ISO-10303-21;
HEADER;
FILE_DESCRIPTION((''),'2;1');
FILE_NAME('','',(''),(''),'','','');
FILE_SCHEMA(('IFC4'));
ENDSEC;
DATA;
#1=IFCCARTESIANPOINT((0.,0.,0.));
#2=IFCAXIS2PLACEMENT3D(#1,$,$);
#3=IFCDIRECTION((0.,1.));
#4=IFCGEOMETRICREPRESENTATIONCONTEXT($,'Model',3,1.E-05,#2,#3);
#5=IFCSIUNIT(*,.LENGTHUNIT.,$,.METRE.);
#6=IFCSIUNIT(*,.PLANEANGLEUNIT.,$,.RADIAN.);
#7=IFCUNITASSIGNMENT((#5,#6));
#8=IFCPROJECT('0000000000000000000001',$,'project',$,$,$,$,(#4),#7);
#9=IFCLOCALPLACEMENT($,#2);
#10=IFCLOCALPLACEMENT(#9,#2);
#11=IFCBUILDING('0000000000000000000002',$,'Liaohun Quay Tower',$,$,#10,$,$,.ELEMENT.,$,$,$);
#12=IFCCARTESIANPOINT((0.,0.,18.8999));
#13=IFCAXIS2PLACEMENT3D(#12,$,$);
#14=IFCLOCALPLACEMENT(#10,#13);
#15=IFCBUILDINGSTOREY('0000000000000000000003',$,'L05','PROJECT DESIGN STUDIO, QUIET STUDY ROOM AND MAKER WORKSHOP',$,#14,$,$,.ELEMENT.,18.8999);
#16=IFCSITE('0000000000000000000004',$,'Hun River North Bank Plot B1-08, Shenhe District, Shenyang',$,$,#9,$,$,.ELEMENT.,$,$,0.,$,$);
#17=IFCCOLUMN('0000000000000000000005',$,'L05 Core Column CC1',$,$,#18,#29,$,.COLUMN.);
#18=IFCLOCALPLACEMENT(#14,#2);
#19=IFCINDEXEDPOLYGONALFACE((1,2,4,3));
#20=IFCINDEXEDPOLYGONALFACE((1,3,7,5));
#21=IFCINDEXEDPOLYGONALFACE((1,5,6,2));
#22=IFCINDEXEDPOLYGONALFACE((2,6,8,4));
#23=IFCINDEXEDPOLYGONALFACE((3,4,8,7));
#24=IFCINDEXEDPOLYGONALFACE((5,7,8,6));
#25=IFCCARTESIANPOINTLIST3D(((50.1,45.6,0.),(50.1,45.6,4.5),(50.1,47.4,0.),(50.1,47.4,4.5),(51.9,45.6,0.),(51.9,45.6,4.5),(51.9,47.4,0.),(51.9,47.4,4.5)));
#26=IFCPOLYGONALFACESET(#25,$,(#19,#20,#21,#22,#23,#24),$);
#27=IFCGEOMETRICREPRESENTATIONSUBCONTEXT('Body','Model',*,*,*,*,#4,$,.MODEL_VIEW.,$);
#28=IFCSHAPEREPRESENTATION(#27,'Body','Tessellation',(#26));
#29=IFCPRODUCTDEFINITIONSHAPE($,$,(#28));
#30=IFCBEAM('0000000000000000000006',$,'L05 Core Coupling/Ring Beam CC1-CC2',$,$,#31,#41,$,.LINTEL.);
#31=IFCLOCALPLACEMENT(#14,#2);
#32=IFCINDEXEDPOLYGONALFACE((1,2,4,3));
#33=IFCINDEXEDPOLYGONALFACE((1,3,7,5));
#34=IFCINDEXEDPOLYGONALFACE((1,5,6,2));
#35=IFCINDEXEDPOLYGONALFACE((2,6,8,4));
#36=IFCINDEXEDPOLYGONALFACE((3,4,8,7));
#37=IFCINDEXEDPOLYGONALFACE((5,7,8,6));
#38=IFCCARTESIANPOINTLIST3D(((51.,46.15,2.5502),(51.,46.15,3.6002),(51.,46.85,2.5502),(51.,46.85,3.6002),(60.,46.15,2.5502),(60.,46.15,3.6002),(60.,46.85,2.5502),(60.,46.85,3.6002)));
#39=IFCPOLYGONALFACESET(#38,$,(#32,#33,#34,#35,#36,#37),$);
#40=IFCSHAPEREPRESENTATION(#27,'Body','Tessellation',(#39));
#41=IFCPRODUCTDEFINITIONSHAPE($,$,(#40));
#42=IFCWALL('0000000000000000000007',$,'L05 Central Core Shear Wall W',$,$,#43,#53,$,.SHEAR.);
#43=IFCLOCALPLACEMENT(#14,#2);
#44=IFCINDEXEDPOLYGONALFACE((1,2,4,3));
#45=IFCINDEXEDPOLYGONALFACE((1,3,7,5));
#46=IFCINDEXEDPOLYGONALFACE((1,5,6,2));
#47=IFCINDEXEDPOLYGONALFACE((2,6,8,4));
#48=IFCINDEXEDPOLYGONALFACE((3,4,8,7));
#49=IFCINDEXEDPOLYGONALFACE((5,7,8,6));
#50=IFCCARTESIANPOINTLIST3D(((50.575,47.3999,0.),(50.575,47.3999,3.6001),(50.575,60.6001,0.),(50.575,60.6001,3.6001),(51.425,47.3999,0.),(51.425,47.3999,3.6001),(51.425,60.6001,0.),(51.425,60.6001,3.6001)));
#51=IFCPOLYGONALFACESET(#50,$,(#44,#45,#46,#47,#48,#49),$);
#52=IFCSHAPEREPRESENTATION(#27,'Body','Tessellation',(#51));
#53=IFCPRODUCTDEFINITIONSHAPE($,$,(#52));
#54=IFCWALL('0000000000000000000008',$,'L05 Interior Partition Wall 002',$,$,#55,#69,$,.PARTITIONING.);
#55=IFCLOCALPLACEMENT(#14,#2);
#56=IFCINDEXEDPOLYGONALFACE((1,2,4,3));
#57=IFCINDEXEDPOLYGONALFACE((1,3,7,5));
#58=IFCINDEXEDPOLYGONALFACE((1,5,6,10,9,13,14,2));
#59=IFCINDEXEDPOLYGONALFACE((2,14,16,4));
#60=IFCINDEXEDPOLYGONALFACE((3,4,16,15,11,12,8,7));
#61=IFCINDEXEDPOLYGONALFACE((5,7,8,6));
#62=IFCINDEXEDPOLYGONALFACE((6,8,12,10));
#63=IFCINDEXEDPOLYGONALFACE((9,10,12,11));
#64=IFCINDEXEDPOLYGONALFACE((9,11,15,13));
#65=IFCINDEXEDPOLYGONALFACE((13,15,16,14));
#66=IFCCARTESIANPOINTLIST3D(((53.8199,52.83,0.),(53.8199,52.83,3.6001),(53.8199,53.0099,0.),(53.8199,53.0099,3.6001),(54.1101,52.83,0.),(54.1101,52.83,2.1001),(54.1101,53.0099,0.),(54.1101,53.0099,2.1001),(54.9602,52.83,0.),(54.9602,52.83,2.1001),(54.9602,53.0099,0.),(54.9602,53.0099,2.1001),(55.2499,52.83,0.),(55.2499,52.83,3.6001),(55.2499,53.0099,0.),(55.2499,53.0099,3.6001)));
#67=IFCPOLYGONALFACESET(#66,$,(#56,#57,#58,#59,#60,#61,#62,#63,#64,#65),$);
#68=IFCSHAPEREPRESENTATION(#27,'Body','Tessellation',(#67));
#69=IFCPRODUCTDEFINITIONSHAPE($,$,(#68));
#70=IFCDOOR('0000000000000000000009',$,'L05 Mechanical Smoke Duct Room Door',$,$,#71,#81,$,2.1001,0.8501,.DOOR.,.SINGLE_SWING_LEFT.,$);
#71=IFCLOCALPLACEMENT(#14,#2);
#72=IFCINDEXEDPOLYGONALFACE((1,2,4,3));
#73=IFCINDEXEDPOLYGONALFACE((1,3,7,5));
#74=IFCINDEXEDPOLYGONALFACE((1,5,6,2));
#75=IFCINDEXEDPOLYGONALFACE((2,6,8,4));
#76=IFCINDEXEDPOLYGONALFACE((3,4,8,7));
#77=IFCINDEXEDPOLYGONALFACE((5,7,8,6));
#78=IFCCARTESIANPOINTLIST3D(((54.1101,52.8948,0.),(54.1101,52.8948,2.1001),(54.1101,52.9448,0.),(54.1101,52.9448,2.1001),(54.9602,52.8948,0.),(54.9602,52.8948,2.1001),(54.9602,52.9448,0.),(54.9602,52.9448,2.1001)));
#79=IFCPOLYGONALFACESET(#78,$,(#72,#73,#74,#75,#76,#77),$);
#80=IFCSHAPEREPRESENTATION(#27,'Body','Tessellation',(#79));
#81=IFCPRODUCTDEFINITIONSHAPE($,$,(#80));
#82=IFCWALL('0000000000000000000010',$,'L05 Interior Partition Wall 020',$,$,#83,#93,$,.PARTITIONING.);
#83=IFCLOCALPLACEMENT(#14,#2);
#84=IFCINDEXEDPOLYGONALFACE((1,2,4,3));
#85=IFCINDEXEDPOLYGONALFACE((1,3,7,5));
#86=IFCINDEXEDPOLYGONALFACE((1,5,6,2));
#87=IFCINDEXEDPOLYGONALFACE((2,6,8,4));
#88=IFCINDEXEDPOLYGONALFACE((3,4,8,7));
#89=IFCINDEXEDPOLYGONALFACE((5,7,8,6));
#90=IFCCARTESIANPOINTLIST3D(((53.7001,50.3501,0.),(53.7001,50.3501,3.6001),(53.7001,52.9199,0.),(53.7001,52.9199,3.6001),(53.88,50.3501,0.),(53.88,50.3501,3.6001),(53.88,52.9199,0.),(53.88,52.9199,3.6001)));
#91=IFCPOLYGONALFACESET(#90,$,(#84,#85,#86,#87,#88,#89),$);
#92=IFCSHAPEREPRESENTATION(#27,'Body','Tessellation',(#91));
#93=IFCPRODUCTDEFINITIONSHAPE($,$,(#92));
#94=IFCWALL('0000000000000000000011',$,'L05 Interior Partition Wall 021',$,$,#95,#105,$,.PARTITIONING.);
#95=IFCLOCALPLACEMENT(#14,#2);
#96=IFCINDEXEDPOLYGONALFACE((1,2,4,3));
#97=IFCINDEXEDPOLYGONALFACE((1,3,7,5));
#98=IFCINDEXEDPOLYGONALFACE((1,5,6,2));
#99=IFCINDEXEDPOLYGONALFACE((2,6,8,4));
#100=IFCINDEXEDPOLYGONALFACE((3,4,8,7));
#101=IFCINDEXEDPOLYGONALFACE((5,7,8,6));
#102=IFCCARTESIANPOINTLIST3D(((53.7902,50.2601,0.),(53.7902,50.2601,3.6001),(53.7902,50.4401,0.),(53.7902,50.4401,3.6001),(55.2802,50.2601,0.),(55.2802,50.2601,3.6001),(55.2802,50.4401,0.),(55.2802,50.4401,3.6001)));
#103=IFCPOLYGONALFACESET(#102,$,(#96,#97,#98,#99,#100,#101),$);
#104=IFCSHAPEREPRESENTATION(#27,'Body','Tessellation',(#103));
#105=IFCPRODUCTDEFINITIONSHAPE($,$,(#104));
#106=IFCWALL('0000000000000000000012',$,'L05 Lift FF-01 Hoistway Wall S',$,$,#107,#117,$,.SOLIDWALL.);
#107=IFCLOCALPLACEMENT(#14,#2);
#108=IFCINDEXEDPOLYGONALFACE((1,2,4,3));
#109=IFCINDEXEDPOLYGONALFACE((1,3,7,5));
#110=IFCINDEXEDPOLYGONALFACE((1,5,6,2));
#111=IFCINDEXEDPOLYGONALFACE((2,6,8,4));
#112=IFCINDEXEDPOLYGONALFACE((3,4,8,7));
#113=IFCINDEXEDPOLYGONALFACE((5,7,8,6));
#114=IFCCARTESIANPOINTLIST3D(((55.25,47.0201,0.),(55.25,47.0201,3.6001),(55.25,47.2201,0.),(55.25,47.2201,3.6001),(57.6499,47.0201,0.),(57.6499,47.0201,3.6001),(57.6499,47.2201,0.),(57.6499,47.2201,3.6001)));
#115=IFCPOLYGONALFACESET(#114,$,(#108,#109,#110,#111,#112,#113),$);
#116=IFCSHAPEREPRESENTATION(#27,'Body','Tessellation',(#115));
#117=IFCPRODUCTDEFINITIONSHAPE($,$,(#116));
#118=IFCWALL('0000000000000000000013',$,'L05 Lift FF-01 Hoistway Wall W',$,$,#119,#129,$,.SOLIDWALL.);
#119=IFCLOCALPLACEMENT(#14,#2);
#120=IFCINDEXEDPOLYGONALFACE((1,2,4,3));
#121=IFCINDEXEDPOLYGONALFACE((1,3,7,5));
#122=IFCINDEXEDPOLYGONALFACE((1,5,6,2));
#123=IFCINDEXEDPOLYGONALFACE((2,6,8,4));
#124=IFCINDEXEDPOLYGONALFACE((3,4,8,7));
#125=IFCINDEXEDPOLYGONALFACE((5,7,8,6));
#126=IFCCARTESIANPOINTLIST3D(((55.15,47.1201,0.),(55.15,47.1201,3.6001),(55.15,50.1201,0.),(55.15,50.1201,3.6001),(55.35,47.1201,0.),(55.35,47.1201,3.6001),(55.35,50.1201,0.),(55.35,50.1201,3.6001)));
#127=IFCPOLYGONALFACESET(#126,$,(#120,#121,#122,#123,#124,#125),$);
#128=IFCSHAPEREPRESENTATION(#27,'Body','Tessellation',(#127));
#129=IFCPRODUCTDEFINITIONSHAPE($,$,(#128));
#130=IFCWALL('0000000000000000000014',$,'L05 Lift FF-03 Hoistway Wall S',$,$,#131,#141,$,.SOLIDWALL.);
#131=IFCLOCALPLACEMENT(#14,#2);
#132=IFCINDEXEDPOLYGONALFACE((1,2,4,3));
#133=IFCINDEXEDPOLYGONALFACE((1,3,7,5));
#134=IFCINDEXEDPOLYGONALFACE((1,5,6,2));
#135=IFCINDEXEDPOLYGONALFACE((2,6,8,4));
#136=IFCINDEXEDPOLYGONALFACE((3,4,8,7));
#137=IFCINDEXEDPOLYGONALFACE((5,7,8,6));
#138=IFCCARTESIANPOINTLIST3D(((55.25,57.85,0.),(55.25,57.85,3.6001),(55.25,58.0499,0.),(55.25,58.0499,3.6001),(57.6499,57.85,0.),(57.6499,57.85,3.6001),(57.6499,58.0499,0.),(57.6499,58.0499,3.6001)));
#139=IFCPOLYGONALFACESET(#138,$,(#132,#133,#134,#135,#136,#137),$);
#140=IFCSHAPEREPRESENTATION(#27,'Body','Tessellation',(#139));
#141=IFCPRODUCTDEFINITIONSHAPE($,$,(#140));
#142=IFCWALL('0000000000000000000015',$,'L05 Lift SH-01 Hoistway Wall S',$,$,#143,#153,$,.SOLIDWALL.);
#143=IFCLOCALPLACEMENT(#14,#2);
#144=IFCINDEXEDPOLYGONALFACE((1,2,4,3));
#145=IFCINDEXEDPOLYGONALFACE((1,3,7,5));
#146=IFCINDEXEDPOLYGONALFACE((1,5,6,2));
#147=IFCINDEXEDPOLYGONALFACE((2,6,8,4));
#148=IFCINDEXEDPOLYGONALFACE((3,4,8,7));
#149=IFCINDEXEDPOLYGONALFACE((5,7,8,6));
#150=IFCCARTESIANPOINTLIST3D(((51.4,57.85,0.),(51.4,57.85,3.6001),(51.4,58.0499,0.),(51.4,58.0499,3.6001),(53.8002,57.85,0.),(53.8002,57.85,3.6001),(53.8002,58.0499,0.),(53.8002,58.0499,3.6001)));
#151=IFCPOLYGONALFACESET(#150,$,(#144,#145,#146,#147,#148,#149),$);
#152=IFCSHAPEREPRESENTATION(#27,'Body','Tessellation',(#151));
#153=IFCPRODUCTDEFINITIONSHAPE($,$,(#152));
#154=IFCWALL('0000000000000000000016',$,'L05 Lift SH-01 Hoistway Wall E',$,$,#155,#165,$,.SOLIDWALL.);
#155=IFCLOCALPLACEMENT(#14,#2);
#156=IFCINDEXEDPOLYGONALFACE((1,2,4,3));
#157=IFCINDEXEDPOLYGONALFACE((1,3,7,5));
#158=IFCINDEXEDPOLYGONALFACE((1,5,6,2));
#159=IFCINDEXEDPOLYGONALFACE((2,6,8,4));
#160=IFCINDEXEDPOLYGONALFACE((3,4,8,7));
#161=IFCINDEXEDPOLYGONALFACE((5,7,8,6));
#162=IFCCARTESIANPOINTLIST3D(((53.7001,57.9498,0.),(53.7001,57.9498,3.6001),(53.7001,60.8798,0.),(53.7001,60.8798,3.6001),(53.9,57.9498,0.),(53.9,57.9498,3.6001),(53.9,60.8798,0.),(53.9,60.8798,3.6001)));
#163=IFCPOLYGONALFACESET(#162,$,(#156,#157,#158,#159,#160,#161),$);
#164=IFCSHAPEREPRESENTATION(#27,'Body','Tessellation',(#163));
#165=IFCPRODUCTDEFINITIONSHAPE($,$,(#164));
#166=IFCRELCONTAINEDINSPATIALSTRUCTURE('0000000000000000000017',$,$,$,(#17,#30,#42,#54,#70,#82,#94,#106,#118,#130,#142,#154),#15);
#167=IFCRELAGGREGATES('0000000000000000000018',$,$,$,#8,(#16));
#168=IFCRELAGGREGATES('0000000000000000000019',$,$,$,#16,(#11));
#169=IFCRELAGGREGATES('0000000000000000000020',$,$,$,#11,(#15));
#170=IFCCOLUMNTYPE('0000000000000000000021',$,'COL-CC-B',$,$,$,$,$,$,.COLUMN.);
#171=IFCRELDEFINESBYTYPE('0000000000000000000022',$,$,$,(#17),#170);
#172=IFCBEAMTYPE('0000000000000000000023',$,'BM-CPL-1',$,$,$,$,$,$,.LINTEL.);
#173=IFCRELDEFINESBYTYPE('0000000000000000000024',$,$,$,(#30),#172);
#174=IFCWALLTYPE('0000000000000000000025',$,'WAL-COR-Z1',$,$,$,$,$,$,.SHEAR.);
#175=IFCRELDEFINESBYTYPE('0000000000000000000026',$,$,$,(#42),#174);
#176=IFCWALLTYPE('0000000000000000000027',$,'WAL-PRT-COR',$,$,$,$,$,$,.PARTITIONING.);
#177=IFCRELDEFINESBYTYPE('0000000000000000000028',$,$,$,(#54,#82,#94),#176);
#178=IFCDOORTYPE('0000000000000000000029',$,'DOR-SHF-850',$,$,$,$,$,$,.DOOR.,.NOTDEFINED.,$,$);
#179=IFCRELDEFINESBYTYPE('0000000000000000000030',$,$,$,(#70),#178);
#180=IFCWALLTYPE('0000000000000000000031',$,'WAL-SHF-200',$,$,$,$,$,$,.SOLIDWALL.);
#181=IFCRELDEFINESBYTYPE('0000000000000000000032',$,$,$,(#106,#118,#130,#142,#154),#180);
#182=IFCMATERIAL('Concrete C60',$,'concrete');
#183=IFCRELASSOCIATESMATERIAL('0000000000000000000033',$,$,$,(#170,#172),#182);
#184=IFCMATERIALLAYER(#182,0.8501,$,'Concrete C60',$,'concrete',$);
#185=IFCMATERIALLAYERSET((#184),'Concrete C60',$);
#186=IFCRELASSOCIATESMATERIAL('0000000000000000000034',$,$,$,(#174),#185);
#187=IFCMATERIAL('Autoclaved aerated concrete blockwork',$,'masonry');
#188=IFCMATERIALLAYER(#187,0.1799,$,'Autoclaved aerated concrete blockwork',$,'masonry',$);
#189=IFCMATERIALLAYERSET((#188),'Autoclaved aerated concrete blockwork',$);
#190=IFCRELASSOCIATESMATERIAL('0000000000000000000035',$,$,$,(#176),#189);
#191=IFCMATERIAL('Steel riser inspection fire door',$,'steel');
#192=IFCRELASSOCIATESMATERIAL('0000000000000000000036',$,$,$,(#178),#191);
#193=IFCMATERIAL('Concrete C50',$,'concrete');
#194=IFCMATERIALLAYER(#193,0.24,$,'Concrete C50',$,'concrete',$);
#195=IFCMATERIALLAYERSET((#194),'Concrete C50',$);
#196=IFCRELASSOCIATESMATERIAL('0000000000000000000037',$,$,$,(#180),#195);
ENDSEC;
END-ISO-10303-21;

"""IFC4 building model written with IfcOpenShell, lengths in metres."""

from ifc_helpers import new_model, si_unit, direction, frame, frame_2d, origin, origin_2d, place, context, subcontext, project, spatial, rectangle, extrude, source, transform, mapped, material, layer, layer_set, material_profile, profile_set, type_object, element, fill, save


model = new_model("IFC4")

# Units and contexts
model_context = context("Model", 3, precision=1e-05, world=origin(), true_north=direction((0.0, 1.0)))
body_context = subcontext(model_context, "Body", "Model", "MODEL_VIEW")
ifc_project = project(units=[si_unit("LENGTHUNIT", "METRE"), si_unit("PLANEANGLEUNIT", "RADIAN")], contexts=[model_context])

# Site, building, storey
site_placement = place(None, origin())
site = spatial("IfcSite", under=ifc_project, at=site_placement, Name="Hun River North Bank Plot B1-08, Shenhe District, Shenyang", CompositionType="ELEMENT", RefElevation=0.0)
building_placement = place(site_placement, origin())
building = spatial("IfcBuilding", under=site, at=building_placement, Name="Liaohun Quay Tower", CompositionType="ELEMENT")
storey_placement = place(building_placement, frame((0.0, 0.0, 18.8999)))
storey = spatial("IfcBuildingStorey", under=building, at=storey_placement, Name="L05", Description="PROJECT DESIGN STUDIO, QUIET STUDY ROOM AND MAKER WORKSHOP", CompositionType="ELEMENT", Elevation=18.8999)

# Column
ifc_material_1 = material(Name="Concrete C60", Category="concrete")
ifc_material_profile_1 = material_profile(ifc_material_1, rectangle(XDim=1.8, YDim=1.8, at=origin_2d()), Name="RC1800x1800")
ifc_profile_set_1 = profile_set([ifc_material_profile_1], Name="Concrete C60")
column_type = type_object("IfcColumnType", Name="COL-CC-B", PredefinedType="COLUMN", material=ifc_profile_set_1)
shared_shape_1 = source(origin(), body_context, "Body", "SweptSolid", [
    extrude(rectangle(XDim=1.8, YDim=1.8, at=origin_2d()), origin(), (0.0, 0.0, 1.0), 4.5),
])
column_placement = place(storey_placement, frame((51.0, 46.5, 0.0), z_axis=(0.0, 0.0, 1.0), x_axis=(1.0, 0.0, 0.0)))
element("IfcColumn", 1, at=column_placement, inside=storey, type_object=column_type, Name="L05 Core Column CC1", PredefinedType="COLUMN", context=body_context, shape_type="MappedRepresentation", body=[
    mapped(shared_shape_1, transform((0.0, 0.0, 0.0), x_axis=(1.0, 0.0, 0.0), y_axis=(0.0, 1.0, 0.0), z_axis=(0.0, 0.0, 1.0), scale=1.0)),
])

# Beam
ifc_material_profile_2 = material_profile(ifc_material_1, rectangle(XDim=0.7, YDim=1.05, at=origin_2d()), Name="RC700x1050")
ifc_profile_set_2 = profile_set([ifc_material_profile_2], Name="Concrete C60")
beam_type = type_object("IfcBeamType", Name="BM-CPL-1", PredefinedType="LINTEL", material=ifc_profile_set_2)
shared_shape_2 = source(origin(), body_context, "Body", "SweptSolid", [
    extrude(rectangle(XDim=0.7, YDim=1.05, at=origin_2d()), origin(), (0.0, 0.0, 1.0), 9.0),
])
beam_placement = place(storey_placement, frame((51.0, 46.5, 3.0752), z_axis=(1.0, 0.0, 0.0), x_axis=(0.0, 1.0, 0.0)))
element("IfcBeam", 2, at=beam_placement, inside=storey, type_object=beam_type, Name="L05 Core Coupling/Ring Beam CC1-CC2", PredefinedType="LINTEL", context=body_context, shape_type="MappedRepresentation", body=[
    mapped(shared_shape_2, transform((0.0, 0.0, 0.0), x_axis=(1.0, 0.0, 0.0), y_axis=(0.0, 1.0, 0.0), z_axis=(0.0, 0.0, 1.0), scale=1.0)),
])

# Wall
ifc_layer_1 = layer(ifc_material_1, 0.8501, Name="Concrete C60", Category="concrete")
ifc_layer_set_1 = layer_set([ifc_layer_1], Name="Concrete C60")
wall_type_1 = type_object("IfcWallType", Name="WAL-COR-Z1", PredefinedType="SHEAR", material=ifc_layer_set_1)
wall_1_placement = place(storey_placement, frame((51.0, 47.3999, 0.0), z_axis=(0.0, 0.0, 1.0), x_axis=(0.0, 1.0, 0.0)))
element("IfcWall", 3, at=wall_1_placement, inside=storey, type_object=wall_type_1, Name="L05 Central Core Shear Wall W", PredefinedType="SHEAR", context=body_context, shape_type="SweptSolid", body=[
    extrude(rectangle(XDim=13.2002, YDim=0.8501, at=frame_2d((6.6001, 0.0))), origin(), (0.0, 0.0, 1.0), 3.6001),
])

# Wall, opening, door
ifc_material_2 = material(Name="Autoclaved aerated concrete blockwork", Category="masonry")
ifc_layer_2 = layer(ifc_material_2, 0.1799, Name="Autoclaved aerated concrete blockwork", Category="masonry")
ifc_layer_set_2 = layer_set([ifc_layer_2], Name="Autoclaved aerated concrete blockwork")
wall_type_2 = type_object("IfcWallType", Name="WAL-PRT-COR", PredefinedType="PARTITIONING", material=ifc_layer_set_2)
wall_2_placement = place(storey_placement, frame((53.8201, 52.9199, 0.0), z_axis=(0.0, 0.0, 1.0), x_axis=(1.0, 0.0, 0.0)))
wall_2 = element("IfcWall", 4, at=wall_2_placement, inside=storey, type_object=wall_type_2, Name="L05 Interior Partition Wall 002", PredefinedType="PARTITIONING", context=body_context, shape_type="SweptSolid", body=[
    extrude(rectangle(XDim=1.4299, YDim=0.1799, at=frame_2d((0.7148, 0.0))), origin(), (0.0, 0.0, 1.0), 3.6001),
])
shared_shape_3 = source(origin(), body_context, "Body", "SweptSolid", [
    extrude(rectangle(XDim=0.8501, YDim=2.1001, at=frame_2d((0.425, 1.05))), frame((0.0, 0.0999, 0.0), z_axis=(0.0, -1.0, 0.0), x_axis=(1.0, 0.0, 0.0)), (0.0, 0.0, 1.0), 0.2),
])
opening_1_placement = place(wall_2_placement, frame((0.29, 0.0, 0.0)))
opening_1 = element("IfcOpeningElement", 5, at=opening_1_placement, cuts=wall_2, PredefinedType="OPENING", context=body_context, shape_type="MappedRepresentation", body=[
    mapped(shared_shape_3, transform((0.0, 0.0, 0.0), x_axis=(1.0, 0.0, 0.0), y_axis=(0.0, 1.0, 0.0), z_axis=(0.0, 0.0, 1.0), scale=1.0)),
])
ifc_material_3 = material(Name="Steel riser inspection fire door", Category="steel")
door_type_1 = type_object("IfcDoorType", Name="DOR-SHF-850", OperationType="NOTDEFINED", PredefinedType="DOOR", material=ifc_material_3)
shared_shape_4 = source(origin(), body_context, "Body", "SweptSolid", [
    extrude(rectangle(XDim=0.8501, YDim=2.1001, at=frame_2d((0.425, 1.05))), frame((0.0, 0.0249, 0.0), z_axis=(0.0, -1.0, 0.0), x_axis=(1.0, 0.0, 0.0)), (0.0, 0.0, 1.0), 0.05),
])
door_1_placement = place(opening_1_placement, origin())
door_1 = element("IfcDoor", 6, at=door_1_placement, inside=storey, type_object=door_type_1, Name="L05 Mechanical Smoke Duct Room Door", OperationType="SINGLE_SWING_LEFT", OverallHeight=2.1001, OverallWidth=0.8501, PredefinedType="DOOR", context=body_context, shape_type="MappedRepresentation", body=[
    mapped(shared_shape_4, transform((0.0, 0.0, 0.0), x_axis=(1.0, 0.0, 0.0), y_axis=(0.0, 1.0, 0.0), z_axis=(0.0, 0.0, 1.0), scale=1.0)),
])
fill(opening_1, door_1)

# Walls
wall_3_placement = place(storey_placement, frame((53.79, 50.3501, 0.0), z_axis=(0.0, 0.0, 1.0), x_axis=(0.0, 1.0, 0.0)))
element("IfcWall", 7, at=wall_3_placement, inside=storey, type_object=wall_type_2, Name="L05 Interior Partition Wall 020", PredefinedType="PARTITIONING", context=body_context, shape_type="SweptSolid", body=[
    extrude(rectangle(XDim=2.5698, YDim=0.1799, at=frame_2d((1.2849, 0.0))), origin(), (0.0, 0.0, 1.0), 3.6001),
])
wall_4_placement = place(storey_placement, frame((53.79, 50.3501, 0.0), z_axis=(0.0, 0.0, 1.0), x_axis=(1.0, 0.0, 0.0)))
element("IfcWall", 8, at=wall_4_placement, inside=storey, type_object=wall_type_2, Name="L05 Interior Partition Wall 021", PredefinedType="PARTITIONING", context=body_context, shape_type="SweptSolid", body=[
    extrude(rectangle(XDim=1.49, YDim=0.1799, at=frame_2d((0.7451, 0.0))), origin(), (0.0, 0.0, 1.0), 3.6001),
])
ifc_material_4 = material(Name="Concrete C50", Category="concrete")
ifc_layer_3 = layer(ifc_material_4, 0.24, Name="Concrete C50", Category="concrete")
ifc_layer_set_3 = layer_set([ifc_layer_3], Name="Concrete C50")
wall_type_3 = type_object("IfcWallType", Name="WAL-SHF-200", PredefinedType="SOLIDWALL", material=ifc_layer_set_3)
wall_5_placement = place(storey_placement, frame((55.25, 47.1201, 0.0), z_axis=(0.0, 0.0, 1.0), x_axis=(1.0, 0.0, 0.0)))
element("IfcWall", 9, at=wall_5_placement, inside=storey, type_object=wall_type_3, Name="L05 Lift FF-01 Hoistway Wall S", PredefinedType="SOLIDWALL", context=body_context, shape_type="SweptSolid", body=[
    extrude(rectangle(XDim=2.3999, YDim=0.2, at=frame_2d((1.2, 0.0))), origin(), (0.0, 0.0, 1.0), 3.6001),
])
wall_6_placement = place(storey_placement, frame((55.25, 50.1201, 0.0), z_axis=(0.0, 0.0, 1.0), x_axis=(0.0, -1.0, 0.0)))
element("IfcWall", 10, at=wall_6_placement, inside=storey, type_object=wall_type_3, Name="L05 Lift FF-01 Hoistway Wall W", PredefinedType="SOLIDWALL", context=body_context, shape_type="SweptSolid", body=[
    extrude(rectangle(XDim=3.0, YDim=0.2, at=frame_2d((1.5, 0.0))), origin(), (0.0, 0.0, 1.0), 3.6001),
])
wall_7_placement = place(storey_placement, frame((55.25, 57.95, 0.0), z_axis=(0.0, 0.0, 1.0), x_axis=(1.0, 0.0, 0.0)))
element("IfcWall", 11, at=wall_7_placement, inside=storey, type_object=wall_type_3, Name="L05 Lift FF-03 Hoistway Wall S", PredefinedType="SOLIDWALL", context=body_context, shape_type="SweptSolid", body=[
    extrude(rectangle(XDim=2.3999, YDim=0.2, at=frame_2d((1.2, 0.0))), origin(), (0.0, 0.0, 1.0), 3.6001),
])
wall_8_placement = place(storey_placement, frame((51.3999, 57.95, 0.0), z_axis=(0.0, 0.0, 1.0), x_axis=(1.0, 0.0, 0.0)))
element("IfcWall", 12, at=wall_8_placement, inside=storey, type_object=wall_type_3, Name="L05 Lift SH-01 Hoistway Wall S", PredefinedType="SOLIDWALL", context=body_context, shape_type="SweptSolid", body=[
    extrude(rectangle(XDim=2.4001, YDim=0.2, at=frame_2d((1.2002, 0.0))), origin(), (0.0, 0.0, 1.0), 3.6001),
])
wall_9_placement = place(storey_placement, frame((53.8, 57.95, 0.0), z_axis=(0.0, 0.0, 1.0), x_axis=(0.0, 1.0, 0.0)))
element("IfcWall", 13, at=wall_9_placement, inside=storey, type_object=wall_type_3, Name="L05 Lift SH-01 Hoistway Wall E", PredefinedType="SOLIDWALL", context=body_context, shape_type="SweptSolid", body=[
    extrude(rectangle(XDim=2.9299, YDim=0.2, at=frame_2d((1.4648, 0.0))), origin(), (0.0, 0.0, 1.0), 3.6001),
])

save(model, "model.ifc")
